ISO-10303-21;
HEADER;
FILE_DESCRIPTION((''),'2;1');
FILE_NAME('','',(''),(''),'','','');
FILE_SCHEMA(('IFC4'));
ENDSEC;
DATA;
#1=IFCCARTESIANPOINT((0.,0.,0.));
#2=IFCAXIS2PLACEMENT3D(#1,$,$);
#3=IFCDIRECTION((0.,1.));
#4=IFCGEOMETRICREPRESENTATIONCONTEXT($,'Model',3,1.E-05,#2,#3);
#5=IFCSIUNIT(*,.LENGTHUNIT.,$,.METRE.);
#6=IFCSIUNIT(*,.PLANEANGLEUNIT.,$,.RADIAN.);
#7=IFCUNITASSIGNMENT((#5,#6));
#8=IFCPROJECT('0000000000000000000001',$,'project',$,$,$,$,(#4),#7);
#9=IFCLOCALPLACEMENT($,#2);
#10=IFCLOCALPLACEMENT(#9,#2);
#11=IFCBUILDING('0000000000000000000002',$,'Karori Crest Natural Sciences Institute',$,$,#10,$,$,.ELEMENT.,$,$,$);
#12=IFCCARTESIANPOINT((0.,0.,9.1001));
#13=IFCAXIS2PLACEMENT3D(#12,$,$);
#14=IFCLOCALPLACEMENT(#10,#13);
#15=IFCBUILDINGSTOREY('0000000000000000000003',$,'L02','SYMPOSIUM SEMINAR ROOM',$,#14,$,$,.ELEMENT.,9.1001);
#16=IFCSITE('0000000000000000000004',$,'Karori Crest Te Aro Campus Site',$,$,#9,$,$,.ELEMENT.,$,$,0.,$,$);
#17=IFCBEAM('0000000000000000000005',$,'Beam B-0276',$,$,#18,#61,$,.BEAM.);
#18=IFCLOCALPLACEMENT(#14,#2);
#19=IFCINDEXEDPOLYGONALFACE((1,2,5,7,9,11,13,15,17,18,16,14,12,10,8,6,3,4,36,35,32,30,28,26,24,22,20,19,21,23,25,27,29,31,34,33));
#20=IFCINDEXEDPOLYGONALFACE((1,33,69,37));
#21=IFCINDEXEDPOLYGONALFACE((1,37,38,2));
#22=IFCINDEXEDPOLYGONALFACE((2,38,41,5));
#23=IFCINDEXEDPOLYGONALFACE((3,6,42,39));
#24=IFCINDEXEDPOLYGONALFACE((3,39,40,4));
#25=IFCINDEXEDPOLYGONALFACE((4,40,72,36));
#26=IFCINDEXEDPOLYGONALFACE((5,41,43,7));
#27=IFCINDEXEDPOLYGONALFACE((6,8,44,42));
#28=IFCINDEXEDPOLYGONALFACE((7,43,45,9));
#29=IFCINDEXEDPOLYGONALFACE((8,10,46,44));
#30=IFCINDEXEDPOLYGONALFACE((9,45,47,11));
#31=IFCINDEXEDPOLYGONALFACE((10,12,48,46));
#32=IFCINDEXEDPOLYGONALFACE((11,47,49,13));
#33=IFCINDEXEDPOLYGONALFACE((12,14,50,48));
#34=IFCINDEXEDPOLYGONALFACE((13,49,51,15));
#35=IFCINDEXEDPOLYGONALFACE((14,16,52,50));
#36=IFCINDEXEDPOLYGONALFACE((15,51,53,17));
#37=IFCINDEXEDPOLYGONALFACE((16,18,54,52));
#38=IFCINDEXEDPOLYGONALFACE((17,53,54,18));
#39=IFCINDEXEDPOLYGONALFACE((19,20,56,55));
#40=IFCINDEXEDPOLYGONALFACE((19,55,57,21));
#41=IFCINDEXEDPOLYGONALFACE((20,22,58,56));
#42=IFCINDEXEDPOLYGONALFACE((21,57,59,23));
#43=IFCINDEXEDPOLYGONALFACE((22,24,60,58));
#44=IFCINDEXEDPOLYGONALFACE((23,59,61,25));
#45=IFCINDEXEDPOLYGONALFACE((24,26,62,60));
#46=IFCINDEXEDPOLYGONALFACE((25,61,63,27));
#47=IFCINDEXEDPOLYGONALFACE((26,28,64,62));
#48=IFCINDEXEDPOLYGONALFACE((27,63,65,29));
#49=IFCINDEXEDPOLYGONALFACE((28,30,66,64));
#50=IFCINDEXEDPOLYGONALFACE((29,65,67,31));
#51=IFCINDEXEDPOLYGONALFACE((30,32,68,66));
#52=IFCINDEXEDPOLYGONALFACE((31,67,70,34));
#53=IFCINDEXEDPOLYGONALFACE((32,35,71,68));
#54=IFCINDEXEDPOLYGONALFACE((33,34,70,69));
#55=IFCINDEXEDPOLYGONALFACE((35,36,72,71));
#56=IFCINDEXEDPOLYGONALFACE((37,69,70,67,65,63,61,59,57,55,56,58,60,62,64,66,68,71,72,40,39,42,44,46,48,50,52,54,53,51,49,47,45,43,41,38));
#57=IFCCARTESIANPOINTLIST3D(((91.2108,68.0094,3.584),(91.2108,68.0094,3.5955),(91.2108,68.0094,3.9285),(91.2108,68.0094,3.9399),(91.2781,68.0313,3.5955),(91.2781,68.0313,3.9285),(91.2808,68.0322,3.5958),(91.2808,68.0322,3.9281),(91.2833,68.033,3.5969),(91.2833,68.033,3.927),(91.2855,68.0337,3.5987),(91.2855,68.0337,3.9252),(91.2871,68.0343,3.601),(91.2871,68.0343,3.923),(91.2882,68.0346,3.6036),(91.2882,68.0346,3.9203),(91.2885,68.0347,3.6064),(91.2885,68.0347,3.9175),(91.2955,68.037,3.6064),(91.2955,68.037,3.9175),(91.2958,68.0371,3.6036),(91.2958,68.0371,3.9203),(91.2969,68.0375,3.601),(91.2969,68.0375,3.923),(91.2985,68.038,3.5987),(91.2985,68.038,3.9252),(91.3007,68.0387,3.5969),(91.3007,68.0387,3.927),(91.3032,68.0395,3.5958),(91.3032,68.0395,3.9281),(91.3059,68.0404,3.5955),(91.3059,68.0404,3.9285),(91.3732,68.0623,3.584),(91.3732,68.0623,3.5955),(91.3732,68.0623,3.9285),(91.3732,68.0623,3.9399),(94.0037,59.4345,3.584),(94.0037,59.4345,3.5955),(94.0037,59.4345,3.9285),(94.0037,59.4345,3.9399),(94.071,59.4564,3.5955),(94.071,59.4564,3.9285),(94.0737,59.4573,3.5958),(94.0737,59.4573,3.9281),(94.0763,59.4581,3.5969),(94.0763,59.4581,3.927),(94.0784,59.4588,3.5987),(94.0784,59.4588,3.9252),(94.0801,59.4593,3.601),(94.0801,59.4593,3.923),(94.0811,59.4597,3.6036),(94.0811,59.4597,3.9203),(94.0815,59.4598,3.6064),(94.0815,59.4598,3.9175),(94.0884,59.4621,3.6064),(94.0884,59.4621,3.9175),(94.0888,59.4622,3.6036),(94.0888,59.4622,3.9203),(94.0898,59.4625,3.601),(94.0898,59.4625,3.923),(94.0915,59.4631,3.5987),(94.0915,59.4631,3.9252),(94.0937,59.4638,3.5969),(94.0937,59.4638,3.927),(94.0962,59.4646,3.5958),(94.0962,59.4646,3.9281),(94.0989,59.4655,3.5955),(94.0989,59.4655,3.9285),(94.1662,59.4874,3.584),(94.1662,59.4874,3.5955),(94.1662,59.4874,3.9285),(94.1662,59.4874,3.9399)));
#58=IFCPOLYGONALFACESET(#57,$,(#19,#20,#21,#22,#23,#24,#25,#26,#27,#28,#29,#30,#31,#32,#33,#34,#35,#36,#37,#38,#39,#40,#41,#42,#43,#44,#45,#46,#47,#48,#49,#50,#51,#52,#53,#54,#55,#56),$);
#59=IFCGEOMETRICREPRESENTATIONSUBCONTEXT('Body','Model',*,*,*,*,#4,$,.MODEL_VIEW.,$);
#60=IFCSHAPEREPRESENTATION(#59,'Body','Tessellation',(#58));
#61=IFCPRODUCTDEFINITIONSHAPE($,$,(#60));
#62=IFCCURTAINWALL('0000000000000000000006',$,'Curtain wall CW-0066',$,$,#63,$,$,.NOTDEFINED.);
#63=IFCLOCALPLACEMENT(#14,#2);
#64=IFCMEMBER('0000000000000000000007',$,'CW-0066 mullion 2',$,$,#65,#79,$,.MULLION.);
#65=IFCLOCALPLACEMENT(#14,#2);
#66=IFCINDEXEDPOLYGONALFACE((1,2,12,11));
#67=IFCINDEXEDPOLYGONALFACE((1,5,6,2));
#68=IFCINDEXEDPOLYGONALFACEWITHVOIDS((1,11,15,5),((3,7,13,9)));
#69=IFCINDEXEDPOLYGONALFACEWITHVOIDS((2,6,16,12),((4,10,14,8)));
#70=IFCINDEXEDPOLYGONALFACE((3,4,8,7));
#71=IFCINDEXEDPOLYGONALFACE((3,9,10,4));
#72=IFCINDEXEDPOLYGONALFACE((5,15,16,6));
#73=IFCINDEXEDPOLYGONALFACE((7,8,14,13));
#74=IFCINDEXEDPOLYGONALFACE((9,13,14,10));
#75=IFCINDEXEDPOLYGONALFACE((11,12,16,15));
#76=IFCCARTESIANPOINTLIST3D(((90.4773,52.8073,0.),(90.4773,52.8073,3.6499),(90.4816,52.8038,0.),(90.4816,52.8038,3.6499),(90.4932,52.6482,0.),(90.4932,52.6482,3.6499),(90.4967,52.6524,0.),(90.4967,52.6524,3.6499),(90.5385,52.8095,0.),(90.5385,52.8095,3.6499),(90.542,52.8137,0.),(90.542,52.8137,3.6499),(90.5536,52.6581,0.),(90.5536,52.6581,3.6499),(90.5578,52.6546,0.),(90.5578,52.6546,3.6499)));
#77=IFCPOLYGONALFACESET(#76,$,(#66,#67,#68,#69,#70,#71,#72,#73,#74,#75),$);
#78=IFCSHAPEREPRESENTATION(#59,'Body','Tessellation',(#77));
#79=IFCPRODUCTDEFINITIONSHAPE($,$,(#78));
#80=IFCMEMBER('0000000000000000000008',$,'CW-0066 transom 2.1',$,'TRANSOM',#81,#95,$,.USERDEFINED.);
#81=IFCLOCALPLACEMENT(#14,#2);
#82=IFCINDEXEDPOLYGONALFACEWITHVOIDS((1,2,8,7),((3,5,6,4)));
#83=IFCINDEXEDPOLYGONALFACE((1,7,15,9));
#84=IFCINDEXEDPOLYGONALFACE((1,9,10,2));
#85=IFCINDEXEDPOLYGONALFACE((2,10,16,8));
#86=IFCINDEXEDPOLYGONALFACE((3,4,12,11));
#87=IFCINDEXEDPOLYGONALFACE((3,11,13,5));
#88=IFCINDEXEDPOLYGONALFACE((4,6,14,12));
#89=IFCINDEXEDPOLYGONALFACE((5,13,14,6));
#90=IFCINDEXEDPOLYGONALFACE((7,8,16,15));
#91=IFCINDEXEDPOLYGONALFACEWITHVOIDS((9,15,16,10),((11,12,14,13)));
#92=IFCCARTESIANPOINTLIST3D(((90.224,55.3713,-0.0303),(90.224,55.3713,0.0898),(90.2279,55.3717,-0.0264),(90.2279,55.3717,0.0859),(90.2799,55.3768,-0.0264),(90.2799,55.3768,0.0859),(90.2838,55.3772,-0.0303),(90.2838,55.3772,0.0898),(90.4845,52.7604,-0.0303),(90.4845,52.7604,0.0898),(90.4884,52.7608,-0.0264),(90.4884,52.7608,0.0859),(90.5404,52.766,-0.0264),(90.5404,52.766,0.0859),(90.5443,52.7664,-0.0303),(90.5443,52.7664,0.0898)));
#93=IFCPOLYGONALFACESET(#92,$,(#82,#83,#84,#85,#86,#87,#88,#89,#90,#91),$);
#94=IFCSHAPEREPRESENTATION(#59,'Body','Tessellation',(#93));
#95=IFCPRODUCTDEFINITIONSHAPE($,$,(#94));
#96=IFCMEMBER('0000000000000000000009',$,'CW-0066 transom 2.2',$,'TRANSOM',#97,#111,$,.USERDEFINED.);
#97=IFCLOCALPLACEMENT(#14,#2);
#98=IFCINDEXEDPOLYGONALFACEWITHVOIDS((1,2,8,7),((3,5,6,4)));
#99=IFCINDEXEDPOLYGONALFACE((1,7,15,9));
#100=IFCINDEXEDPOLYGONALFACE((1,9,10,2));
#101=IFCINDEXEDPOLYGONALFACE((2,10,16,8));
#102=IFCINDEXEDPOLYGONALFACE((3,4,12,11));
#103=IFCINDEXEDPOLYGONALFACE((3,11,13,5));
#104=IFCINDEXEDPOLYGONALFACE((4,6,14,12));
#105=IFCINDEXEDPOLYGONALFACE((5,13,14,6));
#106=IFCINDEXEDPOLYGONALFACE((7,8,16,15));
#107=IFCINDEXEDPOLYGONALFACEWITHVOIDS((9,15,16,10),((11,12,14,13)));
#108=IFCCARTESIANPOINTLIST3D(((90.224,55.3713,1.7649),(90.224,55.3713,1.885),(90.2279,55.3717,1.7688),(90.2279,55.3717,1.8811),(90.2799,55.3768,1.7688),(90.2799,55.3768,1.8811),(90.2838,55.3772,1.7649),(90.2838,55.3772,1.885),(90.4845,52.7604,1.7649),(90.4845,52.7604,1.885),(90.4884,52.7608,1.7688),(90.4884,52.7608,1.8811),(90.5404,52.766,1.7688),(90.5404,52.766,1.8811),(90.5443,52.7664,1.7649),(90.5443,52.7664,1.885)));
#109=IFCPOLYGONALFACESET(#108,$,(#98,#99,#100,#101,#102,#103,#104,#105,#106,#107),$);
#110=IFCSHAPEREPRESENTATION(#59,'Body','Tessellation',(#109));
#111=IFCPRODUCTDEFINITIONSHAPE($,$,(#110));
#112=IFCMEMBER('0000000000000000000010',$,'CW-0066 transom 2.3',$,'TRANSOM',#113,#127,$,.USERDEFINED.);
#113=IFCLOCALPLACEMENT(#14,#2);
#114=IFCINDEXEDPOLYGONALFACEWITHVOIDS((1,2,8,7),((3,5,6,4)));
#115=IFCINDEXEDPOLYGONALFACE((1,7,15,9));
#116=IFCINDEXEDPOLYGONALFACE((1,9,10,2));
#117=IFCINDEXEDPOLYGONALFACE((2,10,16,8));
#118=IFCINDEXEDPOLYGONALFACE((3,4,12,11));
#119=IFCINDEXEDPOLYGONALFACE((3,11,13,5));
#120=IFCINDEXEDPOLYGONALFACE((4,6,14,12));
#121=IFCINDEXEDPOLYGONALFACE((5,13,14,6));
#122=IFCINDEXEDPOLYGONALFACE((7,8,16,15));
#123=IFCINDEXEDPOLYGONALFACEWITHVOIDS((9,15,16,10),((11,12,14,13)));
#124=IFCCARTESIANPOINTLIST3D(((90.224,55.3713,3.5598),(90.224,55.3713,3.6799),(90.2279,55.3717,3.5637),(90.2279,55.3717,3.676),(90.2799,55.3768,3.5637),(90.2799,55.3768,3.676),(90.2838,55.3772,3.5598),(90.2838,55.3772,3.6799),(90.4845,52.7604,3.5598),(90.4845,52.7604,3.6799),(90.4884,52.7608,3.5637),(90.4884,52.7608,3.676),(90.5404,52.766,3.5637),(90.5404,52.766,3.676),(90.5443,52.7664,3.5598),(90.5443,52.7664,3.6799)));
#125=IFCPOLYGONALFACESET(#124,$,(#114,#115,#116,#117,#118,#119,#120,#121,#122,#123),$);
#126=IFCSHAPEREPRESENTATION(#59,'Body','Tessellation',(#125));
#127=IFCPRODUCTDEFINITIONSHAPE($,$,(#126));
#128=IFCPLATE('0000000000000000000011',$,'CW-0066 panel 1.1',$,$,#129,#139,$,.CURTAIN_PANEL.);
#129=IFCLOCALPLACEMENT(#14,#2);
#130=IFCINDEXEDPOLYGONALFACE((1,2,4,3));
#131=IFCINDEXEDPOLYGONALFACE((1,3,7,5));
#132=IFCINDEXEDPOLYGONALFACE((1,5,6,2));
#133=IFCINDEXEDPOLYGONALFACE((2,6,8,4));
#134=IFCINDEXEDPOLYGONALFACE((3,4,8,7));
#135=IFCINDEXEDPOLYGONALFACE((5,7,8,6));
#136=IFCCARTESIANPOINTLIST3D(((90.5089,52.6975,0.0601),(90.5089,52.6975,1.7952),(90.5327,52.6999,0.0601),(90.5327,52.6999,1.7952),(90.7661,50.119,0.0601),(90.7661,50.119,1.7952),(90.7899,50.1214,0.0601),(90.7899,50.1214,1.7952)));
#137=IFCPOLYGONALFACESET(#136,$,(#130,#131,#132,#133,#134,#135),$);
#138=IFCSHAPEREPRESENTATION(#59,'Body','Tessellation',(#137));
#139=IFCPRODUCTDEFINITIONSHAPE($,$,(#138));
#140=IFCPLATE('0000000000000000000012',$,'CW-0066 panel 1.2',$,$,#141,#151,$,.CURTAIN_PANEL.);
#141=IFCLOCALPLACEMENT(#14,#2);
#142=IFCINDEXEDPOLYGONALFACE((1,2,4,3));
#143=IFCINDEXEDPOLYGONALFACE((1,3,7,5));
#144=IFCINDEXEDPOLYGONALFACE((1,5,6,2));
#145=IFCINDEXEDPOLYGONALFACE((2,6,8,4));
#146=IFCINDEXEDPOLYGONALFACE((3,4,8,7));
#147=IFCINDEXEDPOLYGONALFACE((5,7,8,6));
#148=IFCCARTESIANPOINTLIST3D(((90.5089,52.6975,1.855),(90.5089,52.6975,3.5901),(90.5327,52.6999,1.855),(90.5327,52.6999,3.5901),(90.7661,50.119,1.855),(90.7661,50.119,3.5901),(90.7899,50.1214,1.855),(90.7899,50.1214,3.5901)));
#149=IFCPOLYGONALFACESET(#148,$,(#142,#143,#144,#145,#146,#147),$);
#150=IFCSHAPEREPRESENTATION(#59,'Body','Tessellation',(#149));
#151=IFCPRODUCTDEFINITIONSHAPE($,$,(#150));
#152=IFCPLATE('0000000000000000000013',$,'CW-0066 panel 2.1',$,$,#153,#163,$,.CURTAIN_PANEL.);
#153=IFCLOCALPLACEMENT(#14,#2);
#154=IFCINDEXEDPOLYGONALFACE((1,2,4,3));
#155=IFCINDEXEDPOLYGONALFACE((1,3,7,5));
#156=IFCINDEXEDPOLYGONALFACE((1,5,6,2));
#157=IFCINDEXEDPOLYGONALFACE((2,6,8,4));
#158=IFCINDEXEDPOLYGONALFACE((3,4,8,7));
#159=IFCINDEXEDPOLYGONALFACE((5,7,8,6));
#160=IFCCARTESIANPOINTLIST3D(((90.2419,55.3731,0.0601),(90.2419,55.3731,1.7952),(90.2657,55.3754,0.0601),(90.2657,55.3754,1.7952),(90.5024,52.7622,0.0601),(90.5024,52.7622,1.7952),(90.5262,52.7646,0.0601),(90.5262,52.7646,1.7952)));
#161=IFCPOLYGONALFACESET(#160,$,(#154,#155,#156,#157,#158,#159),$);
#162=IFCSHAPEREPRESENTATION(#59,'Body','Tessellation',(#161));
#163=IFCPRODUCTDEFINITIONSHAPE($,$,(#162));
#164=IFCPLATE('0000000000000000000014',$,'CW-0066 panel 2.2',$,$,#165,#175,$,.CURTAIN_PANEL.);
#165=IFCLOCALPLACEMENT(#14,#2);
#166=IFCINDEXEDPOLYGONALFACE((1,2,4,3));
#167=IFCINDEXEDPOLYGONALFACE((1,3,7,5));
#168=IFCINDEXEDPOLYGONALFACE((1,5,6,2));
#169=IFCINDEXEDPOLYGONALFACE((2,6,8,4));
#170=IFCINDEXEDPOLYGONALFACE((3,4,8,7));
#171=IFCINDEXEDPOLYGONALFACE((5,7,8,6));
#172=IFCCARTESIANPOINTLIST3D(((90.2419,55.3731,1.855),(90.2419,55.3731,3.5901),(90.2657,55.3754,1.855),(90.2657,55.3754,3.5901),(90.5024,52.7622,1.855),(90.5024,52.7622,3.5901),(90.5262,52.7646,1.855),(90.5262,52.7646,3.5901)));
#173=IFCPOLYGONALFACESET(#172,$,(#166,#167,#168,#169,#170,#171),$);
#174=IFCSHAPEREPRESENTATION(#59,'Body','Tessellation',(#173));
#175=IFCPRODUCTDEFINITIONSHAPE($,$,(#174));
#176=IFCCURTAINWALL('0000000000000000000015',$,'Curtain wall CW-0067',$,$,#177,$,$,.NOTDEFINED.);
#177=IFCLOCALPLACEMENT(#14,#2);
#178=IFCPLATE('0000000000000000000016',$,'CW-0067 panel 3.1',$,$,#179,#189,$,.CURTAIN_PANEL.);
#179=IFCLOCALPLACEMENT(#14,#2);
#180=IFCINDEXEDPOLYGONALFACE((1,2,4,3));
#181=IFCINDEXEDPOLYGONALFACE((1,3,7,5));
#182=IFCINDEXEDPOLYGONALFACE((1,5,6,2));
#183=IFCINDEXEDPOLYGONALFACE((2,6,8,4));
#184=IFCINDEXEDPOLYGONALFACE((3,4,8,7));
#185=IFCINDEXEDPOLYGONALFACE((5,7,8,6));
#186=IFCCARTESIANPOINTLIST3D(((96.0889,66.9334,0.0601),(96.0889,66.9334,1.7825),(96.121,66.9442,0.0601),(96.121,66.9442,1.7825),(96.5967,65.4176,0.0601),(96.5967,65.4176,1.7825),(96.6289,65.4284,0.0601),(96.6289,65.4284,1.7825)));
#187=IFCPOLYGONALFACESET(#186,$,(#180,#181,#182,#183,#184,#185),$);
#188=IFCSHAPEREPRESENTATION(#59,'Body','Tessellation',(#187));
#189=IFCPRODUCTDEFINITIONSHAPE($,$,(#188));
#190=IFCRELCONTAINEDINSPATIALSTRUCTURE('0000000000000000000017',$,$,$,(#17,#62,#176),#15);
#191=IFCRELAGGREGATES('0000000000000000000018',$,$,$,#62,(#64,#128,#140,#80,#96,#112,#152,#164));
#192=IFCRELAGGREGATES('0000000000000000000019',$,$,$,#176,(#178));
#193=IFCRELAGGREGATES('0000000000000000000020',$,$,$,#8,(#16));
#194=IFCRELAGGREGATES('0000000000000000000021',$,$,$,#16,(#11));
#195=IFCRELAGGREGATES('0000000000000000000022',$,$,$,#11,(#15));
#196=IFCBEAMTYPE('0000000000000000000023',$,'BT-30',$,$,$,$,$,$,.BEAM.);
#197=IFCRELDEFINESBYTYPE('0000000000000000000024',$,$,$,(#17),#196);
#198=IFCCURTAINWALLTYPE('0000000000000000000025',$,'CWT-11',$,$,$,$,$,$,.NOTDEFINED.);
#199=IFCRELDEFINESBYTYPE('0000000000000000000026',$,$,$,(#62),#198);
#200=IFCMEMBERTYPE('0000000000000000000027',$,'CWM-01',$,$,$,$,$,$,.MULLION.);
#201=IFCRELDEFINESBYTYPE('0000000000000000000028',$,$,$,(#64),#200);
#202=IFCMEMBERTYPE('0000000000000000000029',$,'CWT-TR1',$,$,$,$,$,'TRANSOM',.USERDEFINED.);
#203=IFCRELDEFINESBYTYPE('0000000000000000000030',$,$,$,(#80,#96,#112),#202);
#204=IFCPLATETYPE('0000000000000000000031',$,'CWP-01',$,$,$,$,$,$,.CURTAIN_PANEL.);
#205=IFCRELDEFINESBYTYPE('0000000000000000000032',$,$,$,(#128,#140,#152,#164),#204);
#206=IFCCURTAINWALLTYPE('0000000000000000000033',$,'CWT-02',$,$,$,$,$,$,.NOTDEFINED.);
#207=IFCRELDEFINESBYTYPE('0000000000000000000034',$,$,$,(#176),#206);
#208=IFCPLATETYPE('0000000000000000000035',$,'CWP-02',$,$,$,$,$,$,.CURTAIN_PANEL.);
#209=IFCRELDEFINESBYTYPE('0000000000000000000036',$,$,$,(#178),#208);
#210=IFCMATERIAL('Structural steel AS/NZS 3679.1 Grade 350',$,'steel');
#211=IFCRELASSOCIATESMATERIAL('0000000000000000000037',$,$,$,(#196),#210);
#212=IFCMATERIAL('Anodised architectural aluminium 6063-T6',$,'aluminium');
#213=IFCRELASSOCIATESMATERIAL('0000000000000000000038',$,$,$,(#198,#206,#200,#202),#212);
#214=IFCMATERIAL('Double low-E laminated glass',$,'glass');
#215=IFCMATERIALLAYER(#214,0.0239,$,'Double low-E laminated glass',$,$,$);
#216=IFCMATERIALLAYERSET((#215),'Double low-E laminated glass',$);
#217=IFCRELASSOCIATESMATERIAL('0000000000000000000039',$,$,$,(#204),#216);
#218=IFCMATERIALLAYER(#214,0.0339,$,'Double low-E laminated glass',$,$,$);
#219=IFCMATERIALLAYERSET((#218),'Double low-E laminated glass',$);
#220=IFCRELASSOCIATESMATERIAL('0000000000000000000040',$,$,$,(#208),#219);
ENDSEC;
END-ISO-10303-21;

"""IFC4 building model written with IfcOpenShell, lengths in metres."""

from ifc_helpers import new_model, si_unit, direction, frame, origin, origin_2d, place, context, subcontext, project, spatial, rectangle, hollow_rectangle, i_section, extrude, material, layer, layer_set, material_profile, profile_set, type_object, element, aggregate, save


model = new_model("IFC4")

# Units and contexts
model_context = context("Model", 3, precision=1e-05, world=origin(), true_north=direction((0.0, 1.0)))
body_context = subcontext(model_context, "Body", "Model", "MODEL_VIEW")
ifc_project = project(units=[si_unit("LENGTHUNIT", "METRE"), si_unit("PLANEANGLEUNIT", "RADIAN")], contexts=[model_context])

# Site, building, storey
site_placement = place(None, origin())
site = spatial("IfcSite", under=ifc_project, at=site_placement, Name="Karori Crest Te Aro Campus Site", CompositionType="ELEMENT", RefElevation=0.0)
building_placement = place(site_placement, origin())
building = spatial("IfcBuilding", under=site, at=building_placement, Name="Karori Crest Natural Sciences Institute", CompositionType="ELEMENT")
storey_placement = place(building_placement, frame((0.0, 0.0, 9.1001)))
storey = spatial("IfcBuildingStorey", under=building, at=storey_placement, Name="L02", Description="SYMPOSIUM SEMINAR ROOM", CompositionType="ELEMENT", Elevation=9.1001)

# Beam
ifc_material_1 = material(Name="Structural steel AS/NZS 3679.1 Grade 350", Category="steel")
ifc_material_profile_1 = material_profile(ifc_material_1, i_section(OverallWidth=0.1709, OverallDepth=0.356, WebThickness=0.0073, FlangeThickness=0.0115, FilletRadius=0.011, at=origin_2d()), Name="360UB50.7")
ifc_profile_set_1 = profile_set([ifc_material_profile_1], Name="Structural steel AS/NZS 3679.1 Grade 350")
beam_type = type_object("IfcBeamType", Name="BT-30", PredefinedType="BEAM", material=ifc_profile_set_1)
beam_placement = place(storey_placement, frame((94.085, 59.4609, 3.762), z_axis=(-0.309699, 0.950835, 0.0), x_axis=(-0.950835, -0.309699, 0.0)))
element("IfcBeam", 1, at=beam_placement, inside=storey, type_object=beam_type, Name="Beam B-0276", PredefinedType="BEAM", context=body_context, shape_type="SweptSolid", body=[
    extrude(i_section(OverallWidth=0.1709, OverallDepth=0.356, WebThickness=0.0073, FlangeThickness=0.0115, FilletRadius=0.011, at=origin_2d()), origin(), (0.0, 0.0, 1.0), 9.0183),
])

# Curtain wall, members, plates
ifc_material_2 = material(Name="Anodised architectural aluminium 6063-T6", Category="aluminium")
curtain_wall_type_1 = type_object("IfcCurtainWallType", Name="CWT-11", PredefinedType="NOTDEFINED", material=ifc_material_2)
curtain_wall_1_placement = place(storey_placement, origin())
curtain_wall_1 = element("IfcCurtainWall", 2, at=curtain_wall_1_placement, inside=storey, type_object=curtain_wall_type_1, Name="Curtain wall CW-0066", PredefinedType="NOTDEFINED")
ifc_material_profile_2 = material_profile(ifc_material_2, hollow_rectangle(XDim=0.0649, YDim=0.1599, WallThickness=0.0039, at=origin_2d()), Name="CWM160x65x4")
ifc_profile_set_2 = profile_set([ifc_material_profile_2], Name="Anodised architectural aluminium 6063-T6")
member_type_1 = type_object("IfcMemberType", Name="CWM-01", PredefinedType="MULLION", material=ifc_profile_set_2)
member_1_placement = place(storey_placement, frame((90.5176, 52.731, 0.0), z_axis=(0.0, 0.0, 1.0), x_axis=(-0.995061, -0.099264, 0.0)))
member_1 = element("IfcMember", 3, at=member_1_placement, type_object=member_type_1, Name="CW-0066 mullion 2", PredefinedType="MULLION", context=body_context, shape_type="SweptSolid", body=[
    extrude(hollow_rectangle(XDim=0.0649, YDim=0.1599, WallThickness=0.0039, at=origin_2d()), origin(), (0.0, 0.0, 1.0), 3.6499),
])
ifc_material_profile_3 = material_profile(ifc_material_2, hollow_rectangle(XDim=0.0601, YDim=0.1201, WallThickness=0.0039, at=origin_2d()), Name="CWT120x60x4")
ifc_profile_set_3 = profile_set([ifc_material_profile_3], Name="Anodised architectural aluminium 6063-T6")
member_type_2 = type_object("IfcMemberType", Name="CWT-TR1", ElementType="TRANSOM", PredefinedType="USERDEFINED", material=ifc_profile_set_3)
member_2_placement = place(storey_placement, frame((90.5144, 52.7634, 0.0298), z_axis=(-0.099283, 0.995059, 0.0), x_axis=(-0.995059, -0.099283, 0.0)))
member_2 = element("IfcMember", 4, at=member_2_placement, type_object=member_type_2, Name="CW-0066 transom 2.1", ObjectType="TRANSOM", PredefinedType="USERDEFINED", context=body_context, shape_type="SweptSolid", body=[
    extrude(hollow_rectangle(XDim=0.0601, YDim=0.1201, WallThickness=0.0039, at=origin_2d()), origin(), (0.0, 0.0, 1.0), 2.6238),
])
member_3_placement = place(storey_placement, frame((90.5144, 52.7634, 1.825), z_axis=(-0.099283, 0.995059, 0.0), x_axis=(-0.995059, -0.099283, 0.0)))
member_3 = element("IfcMember", 5, at=member_3_placement, type_object=member_type_2, Name="CW-0066 transom 2.2", ObjectType="TRANSOM", PredefinedType="USERDEFINED", context=body_context, shape_type="SweptSolid", body=[
    extrude(hollow_rectangle(XDim=0.0601, YDim=0.1201, WallThickness=0.0039, at=origin_2d()), origin(), (0.0, 0.0, 1.0), 2.6238),
])
member_4_placement = place(storey_placement, frame((90.5144, 52.7634, 3.6199), z_axis=(-0.099283, 0.995059, 0.0), x_axis=(-0.995059, -0.099283, 0.0)))
member_4 = element("IfcMember", 6, at=member_4_placement, type_object=member_type_2, Name="CW-0066 transom 2.3", ObjectType="TRANSOM", PredefinedType="USERDEFINED", context=body_context, shape_type="SweptSolid", body=[
    extrude(hollow_rectangle(XDim=0.0601, YDim=0.1201, WallThickness=0.0039, at=origin_2d()), origin(), (0.0, 0.0, 1.0), 2.6238),
])
ifc_material_3 = material(Name="Double low-E laminated glass", Category="glass")
ifc_layer_1 = layer(ifc_material_3, 0.0239, Name="Double low-E laminated glass")
ifc_layer_set_1 = layer_set([ifc_layer_1], Name="Double low-E laminated glass")
plate_type_1 = type_object("IfcPlateType", Name="CWP-01", PredefinedType="CURTAIN_PANEL", material=ifc_layer_set_1)
plate_1_placement = place(storey_placement, frame((90.6494, 51.4094, 0.0601), z_axis=(0.0, 0.0, 1.0), x_axis=(-0.099264, 0.995061, 0.0)))
plate_1 = element("IfcPlate", 7, at=plate_1_placement, type_object=plate_type_1, Name="CW-0066 panel 1.1", PredefinedType="CURTAIN_PANEL", context=body_context, shape_type="SweptSolid", body=[
    extrude(rectangle(XDim=2.5913, YDim=0.0239, at=origin_2d()), origin(), (0.0, 0.0, 1.0), 1.7351),
])
plate_2_placement = place(storey_placement, frame((90.6494, 51.4094, 1.855), z_axis=(0.0, 0.0, 1.0), x_axis=(-0.099264, 0.995061, 0.0)))
plate_2 = element("IfcPlate", 8, at=plate_2_placement, type_object=plate_type_1, Name="CW-0066 panel 1.2", PredefinedType="CURTAIN_PANEL", context=body_context, shape_type="SweptSolid", body=[
    extrude(rectangle(XDim=2.5913, YDim=0.0239, at=origin_2d()), origin(), (0.0, 0.0, 1.0), 1.7351),
])
plate_3_placement = place(storey_placement, frame((90.384, 54.0688, 0.0601), z_axis=(0.0, 0.0, 1.0), x_axis=(-0.099264, 0.995061, 0.0)))
plate_3 = element("IfcPlate", 9, at=plate_3_placement, type_object=plate_type_1, Name="CW-0066 panel 2.1", PredefinedType="CURTAIN_PANEL", context=body_context, shape_type="SweptSolid", body=[
    extrude(rectangle(XDim=2.6238, YDim=0.0239, at=origin_2d()), origin(), (0.0, 0.0, 1.0), 1.7351),
])
plate_4_placement = place(storey_placement, frame((90.384, 54.0688, 1.855), z_axis=(0.0, 0.0, 1.0), x_axis=(-0.099264, 0.995061, 0.0)))
plate_4 = element("IfcPlate", 10, at=plate_4_placement, type_object=plate_type_1, Name="CW-0066 panel 2.2", PredefinedType="CURTAIN_PANEL", context=body_context, shape_type="SweptSolid", body=[
    extrude(rectangle(XDim=2.6238, YDim=0.0239, at=origin_2d()), origin(), (0.0, 0.0, 1.0), 1.7351),
])
aggregate(curtain_wall_1, [member_1, plate_1, plate_2, member_2, member_3, member_4, plate_3, plate_4])

# Curtain wall, plate
curtain_wall_type_2 = type_object("IfcCurtainWallType", Name="CWT-02", PredefinedType="NOTDEFINED", material=ifc_material_2)
curtain_wall_2_placement = place(storey_placement, origin())
curtain_wall_2 = element("IfcCurtainWall", 11, at=curtain_wall_2_placement, inside=storey, type_object=curtain_wall_type_2, Name="Curtain wall CW-0067", PredefinedType="NOTDEFINED")
ifc_layer_2 = layer(ifc_material_3, 0.0339, Name="Double low-E laminated glass")
ifc_layer_set_2 = layer_set([ifc_layer_2], Name="Double low-E laminated glass")
plate_type_2 = type_object("IfcPlateType", Name="CWP-02", PredefinedType="CURTAIN_PANEL", material=ifc_layer_set_2)
plate_5_placement = place(storey_placement, frame((96.3589, 66.1809, 0.0601), z_axis=(0.0, 0.0, 1.0), x_axis=(0.317685, -0.948196, 0.0)))
plate_5 = element("IfcPlate", 12, at=plate_5_placement, type_object=plate_type_2, Name="CW-0067 panel 3.1", PredefinedType="CURTAIN_PANEL", context=body_context, shape_type="SweptSolid", body=[
    extrude(rectangle(XDim=1.5986, YDim=0.0339, at=origin_2d()), origin(), (0.0, 0.0, 1.0), 1.7224),
])
aggregate(curtain_wall_2, [plate_5])

save(model, "model.ifc")
